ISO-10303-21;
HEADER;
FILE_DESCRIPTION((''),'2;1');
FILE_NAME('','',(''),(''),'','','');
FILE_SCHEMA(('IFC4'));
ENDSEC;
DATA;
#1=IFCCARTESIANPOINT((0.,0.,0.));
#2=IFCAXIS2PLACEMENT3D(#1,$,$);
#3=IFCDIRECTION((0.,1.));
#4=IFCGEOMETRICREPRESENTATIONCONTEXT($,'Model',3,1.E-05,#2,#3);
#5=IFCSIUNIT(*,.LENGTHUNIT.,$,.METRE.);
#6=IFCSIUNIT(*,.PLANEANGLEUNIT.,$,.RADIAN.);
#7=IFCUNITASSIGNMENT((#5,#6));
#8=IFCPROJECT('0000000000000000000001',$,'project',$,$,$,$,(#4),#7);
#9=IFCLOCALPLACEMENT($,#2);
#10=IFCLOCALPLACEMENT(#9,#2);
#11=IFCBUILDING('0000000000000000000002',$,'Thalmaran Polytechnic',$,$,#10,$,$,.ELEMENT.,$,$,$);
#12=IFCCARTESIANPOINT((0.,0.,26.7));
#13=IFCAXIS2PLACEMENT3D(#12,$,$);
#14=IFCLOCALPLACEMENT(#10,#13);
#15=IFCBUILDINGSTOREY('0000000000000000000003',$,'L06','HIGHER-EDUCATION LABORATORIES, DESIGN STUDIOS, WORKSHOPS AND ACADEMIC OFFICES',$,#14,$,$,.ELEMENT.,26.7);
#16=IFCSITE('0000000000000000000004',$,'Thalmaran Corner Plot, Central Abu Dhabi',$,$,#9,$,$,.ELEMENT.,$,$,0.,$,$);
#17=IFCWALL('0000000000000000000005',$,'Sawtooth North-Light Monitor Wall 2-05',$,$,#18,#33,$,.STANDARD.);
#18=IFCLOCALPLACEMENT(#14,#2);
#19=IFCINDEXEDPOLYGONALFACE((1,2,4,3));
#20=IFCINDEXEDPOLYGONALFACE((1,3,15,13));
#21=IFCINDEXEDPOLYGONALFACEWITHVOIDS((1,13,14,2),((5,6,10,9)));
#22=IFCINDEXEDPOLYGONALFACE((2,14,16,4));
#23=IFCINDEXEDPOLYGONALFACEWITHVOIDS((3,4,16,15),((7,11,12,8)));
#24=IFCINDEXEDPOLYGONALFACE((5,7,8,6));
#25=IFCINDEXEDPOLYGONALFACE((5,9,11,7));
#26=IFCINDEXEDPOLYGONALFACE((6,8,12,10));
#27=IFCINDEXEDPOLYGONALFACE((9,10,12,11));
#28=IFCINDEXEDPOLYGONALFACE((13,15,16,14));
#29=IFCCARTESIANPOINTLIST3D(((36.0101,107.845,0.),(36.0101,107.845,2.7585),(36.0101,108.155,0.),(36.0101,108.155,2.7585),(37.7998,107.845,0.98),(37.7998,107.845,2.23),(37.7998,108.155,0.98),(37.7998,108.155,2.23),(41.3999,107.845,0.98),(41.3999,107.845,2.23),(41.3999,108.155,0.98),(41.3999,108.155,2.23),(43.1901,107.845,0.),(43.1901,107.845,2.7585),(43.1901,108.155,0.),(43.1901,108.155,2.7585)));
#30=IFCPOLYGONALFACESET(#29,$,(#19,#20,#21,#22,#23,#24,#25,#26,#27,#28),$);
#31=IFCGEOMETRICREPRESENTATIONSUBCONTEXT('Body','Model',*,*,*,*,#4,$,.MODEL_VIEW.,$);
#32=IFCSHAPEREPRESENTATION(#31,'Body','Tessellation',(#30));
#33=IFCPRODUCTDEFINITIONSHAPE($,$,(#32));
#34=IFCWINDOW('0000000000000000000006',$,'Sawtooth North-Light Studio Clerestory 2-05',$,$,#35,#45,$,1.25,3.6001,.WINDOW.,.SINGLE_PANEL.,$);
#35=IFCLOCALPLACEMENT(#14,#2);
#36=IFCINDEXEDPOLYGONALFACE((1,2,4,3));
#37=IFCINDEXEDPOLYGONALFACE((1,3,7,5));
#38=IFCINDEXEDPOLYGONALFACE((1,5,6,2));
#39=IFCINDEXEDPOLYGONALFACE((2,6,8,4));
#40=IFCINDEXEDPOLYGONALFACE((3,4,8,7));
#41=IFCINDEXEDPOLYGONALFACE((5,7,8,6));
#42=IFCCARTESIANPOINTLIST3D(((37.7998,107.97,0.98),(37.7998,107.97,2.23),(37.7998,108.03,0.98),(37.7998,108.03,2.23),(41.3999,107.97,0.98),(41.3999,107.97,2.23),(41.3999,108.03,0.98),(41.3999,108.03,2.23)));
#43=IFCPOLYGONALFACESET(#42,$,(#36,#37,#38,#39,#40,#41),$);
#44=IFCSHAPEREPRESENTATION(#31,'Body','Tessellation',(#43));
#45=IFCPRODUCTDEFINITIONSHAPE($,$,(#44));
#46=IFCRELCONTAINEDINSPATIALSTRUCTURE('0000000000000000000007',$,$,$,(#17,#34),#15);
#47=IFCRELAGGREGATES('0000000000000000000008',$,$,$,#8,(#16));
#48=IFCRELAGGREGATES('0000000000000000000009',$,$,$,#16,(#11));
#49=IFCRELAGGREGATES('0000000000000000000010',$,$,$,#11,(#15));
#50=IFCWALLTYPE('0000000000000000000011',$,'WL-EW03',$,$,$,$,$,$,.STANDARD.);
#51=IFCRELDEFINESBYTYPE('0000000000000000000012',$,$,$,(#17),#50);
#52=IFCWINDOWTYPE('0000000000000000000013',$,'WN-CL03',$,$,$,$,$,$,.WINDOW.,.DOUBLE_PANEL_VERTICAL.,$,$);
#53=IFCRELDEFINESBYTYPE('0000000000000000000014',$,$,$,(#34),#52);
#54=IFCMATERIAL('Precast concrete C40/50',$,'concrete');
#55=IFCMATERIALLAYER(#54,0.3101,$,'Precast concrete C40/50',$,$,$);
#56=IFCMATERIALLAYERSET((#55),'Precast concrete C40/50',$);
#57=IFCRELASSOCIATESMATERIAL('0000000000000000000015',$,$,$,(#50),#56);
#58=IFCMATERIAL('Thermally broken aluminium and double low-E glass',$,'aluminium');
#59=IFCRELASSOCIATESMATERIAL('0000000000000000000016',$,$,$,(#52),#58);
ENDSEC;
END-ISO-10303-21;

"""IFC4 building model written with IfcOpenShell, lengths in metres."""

from ifc_helpers import new_model, si_unit, direction, frame, frame_2d, origin, place, context, subcontext, project, spatial, rectangle, extrude, material, layer, layer_set, type_object, element, fill, save


model = new_model("IFC4")

# Units and contexts
model_context = context("Model", 3, precision=1e-05, world=origin(), true_north=direction((0.0, 1.0)))
body_context = subcontext(model_context, "Body", "Model", "MODEL_VIEW")
ifc_project = project(units=[si_unit("LENGTHUNIT", "METRE"), si_unit("PLANEANGLEUNIT", "RADIAN")], contexts=[model_context])

# Site, building, storey
site_placement = place(None, origin())
site = spatial("IfcSite", under=ifc_project, at=site_placement, Name="Thalmaran Corner Plot, Central Abu Dhabi", CompositionType="ELEMENT", RefElevation=0.0)
building_placement = place(site_placement, origin())
building = spatial("IfcBuilding", under=site, at=building_placement, Name="Thalmaran Polytechnic", CompositionType="ELEMENT")
storey_placement = place(building_placement, frame((0.0, 0.0, 26.7)))
storey = spatial("IfcBuildingStorey", under=building, at=storey_placement, Name="L06", Description="HIGHER-EDUCATION LABORATORIES, DESIGN STUDIOS, WORKSHOPS AND ACADEMIC OFFICES", CompositionType="ELEMENT", Elevation=26.7)

# Wall, opening, window
ifc_material_1 = material(Name="Precast concrete C40/50", Category="concrete")
ifc_layer = layer(ifc_material_1, 0.3101, Name="Precast concrete C40/50")
ifc_layer_set = layer_set([ifc_layer], Name="Precast concrete C40/50")
wall_type = type_object("IfcWallType", Name="WL-EW03", PredefinedType="STANDARD", material=ifc_layer_set)
ifc_material_2 = material(Name="Thermally broken aluminium and double low-E glass", Category="aluminium")
window_type = type_object("IfcWindowType", Name="WN-CL03", PartitioningType="DOUBLE_PANEL_VERTICAL", PredefinedType="WINDOW", material=ifc_material_2)
wall_1_placement = place(storey_placement, frame((43.1899, 108.0, 0.0), z_axis=(0.0, 0.0, 1.0), x_axis=(-1.0, 0.0, 0.0)))
wall_1 = element("IfcWall", 1, at=wall_1_placement, inside=storey, type_object=wall_type, Name="Sawtooth North-Light Monitor Wall 2-05", PredefinedType="STANDARD", context=body_context, shape_type="SweptSolid", body=[
    extrude(rectangle(XDim=7.1799, YDim=0.3101, at=frame_2d((3.5898, 0.0))), origin(), (0.0, 0.0, 1.0), 2.7585),
])
opening_1_placement = place(wall_1_placement, frame((1.79, 0.0, 0.98)))
opening_1 = element("IfcOpeningElement", 2, at=opening_1_placement, cuts=wall_1, PredefinedType="OPENING", context=body_context, shape_type="SweptSolid", body=[
    extrude(rectangle(XDim=3.6001, YDim=1.25, at=frame_2d((1.8, 0.625))), frame((0.0, 0.165, 0.0), z_axis=(0.0, -1.0, 0.0), x_axis=(1.0, 0.0, 0.0)), (0.0, 0.0, 1.0), 0.3301),
])
window_1_placement = place(opening_1_placement, origin())
window_1 = element("IfcWindow", 3, at=window_1_placement, inside=storey, type_object=window_type, Name="Sawtooth North-Light Studio Clerestory 2-05", OverallHeight=1.25, OverallWidth=3.6001, PartitioningType="SINGLE_PANEL", PredefinedType="WINDOW", context=body_context, shape_type="SweptSolid", body=[
    extrude(rectangle(XDim=3.6001, YDim=1.25, at=frame_2d((1.8, 0.625))), frame((0.0, 0.03, 0.0), z_axis=(0.0, -1.0, 0.0), x_axis=(1.0, 0.0, 0.0)), (0.0, 0.0, 1.0), 0.0601),
])
fill(opening_1, window_1)

save(model, "model.ifc")
